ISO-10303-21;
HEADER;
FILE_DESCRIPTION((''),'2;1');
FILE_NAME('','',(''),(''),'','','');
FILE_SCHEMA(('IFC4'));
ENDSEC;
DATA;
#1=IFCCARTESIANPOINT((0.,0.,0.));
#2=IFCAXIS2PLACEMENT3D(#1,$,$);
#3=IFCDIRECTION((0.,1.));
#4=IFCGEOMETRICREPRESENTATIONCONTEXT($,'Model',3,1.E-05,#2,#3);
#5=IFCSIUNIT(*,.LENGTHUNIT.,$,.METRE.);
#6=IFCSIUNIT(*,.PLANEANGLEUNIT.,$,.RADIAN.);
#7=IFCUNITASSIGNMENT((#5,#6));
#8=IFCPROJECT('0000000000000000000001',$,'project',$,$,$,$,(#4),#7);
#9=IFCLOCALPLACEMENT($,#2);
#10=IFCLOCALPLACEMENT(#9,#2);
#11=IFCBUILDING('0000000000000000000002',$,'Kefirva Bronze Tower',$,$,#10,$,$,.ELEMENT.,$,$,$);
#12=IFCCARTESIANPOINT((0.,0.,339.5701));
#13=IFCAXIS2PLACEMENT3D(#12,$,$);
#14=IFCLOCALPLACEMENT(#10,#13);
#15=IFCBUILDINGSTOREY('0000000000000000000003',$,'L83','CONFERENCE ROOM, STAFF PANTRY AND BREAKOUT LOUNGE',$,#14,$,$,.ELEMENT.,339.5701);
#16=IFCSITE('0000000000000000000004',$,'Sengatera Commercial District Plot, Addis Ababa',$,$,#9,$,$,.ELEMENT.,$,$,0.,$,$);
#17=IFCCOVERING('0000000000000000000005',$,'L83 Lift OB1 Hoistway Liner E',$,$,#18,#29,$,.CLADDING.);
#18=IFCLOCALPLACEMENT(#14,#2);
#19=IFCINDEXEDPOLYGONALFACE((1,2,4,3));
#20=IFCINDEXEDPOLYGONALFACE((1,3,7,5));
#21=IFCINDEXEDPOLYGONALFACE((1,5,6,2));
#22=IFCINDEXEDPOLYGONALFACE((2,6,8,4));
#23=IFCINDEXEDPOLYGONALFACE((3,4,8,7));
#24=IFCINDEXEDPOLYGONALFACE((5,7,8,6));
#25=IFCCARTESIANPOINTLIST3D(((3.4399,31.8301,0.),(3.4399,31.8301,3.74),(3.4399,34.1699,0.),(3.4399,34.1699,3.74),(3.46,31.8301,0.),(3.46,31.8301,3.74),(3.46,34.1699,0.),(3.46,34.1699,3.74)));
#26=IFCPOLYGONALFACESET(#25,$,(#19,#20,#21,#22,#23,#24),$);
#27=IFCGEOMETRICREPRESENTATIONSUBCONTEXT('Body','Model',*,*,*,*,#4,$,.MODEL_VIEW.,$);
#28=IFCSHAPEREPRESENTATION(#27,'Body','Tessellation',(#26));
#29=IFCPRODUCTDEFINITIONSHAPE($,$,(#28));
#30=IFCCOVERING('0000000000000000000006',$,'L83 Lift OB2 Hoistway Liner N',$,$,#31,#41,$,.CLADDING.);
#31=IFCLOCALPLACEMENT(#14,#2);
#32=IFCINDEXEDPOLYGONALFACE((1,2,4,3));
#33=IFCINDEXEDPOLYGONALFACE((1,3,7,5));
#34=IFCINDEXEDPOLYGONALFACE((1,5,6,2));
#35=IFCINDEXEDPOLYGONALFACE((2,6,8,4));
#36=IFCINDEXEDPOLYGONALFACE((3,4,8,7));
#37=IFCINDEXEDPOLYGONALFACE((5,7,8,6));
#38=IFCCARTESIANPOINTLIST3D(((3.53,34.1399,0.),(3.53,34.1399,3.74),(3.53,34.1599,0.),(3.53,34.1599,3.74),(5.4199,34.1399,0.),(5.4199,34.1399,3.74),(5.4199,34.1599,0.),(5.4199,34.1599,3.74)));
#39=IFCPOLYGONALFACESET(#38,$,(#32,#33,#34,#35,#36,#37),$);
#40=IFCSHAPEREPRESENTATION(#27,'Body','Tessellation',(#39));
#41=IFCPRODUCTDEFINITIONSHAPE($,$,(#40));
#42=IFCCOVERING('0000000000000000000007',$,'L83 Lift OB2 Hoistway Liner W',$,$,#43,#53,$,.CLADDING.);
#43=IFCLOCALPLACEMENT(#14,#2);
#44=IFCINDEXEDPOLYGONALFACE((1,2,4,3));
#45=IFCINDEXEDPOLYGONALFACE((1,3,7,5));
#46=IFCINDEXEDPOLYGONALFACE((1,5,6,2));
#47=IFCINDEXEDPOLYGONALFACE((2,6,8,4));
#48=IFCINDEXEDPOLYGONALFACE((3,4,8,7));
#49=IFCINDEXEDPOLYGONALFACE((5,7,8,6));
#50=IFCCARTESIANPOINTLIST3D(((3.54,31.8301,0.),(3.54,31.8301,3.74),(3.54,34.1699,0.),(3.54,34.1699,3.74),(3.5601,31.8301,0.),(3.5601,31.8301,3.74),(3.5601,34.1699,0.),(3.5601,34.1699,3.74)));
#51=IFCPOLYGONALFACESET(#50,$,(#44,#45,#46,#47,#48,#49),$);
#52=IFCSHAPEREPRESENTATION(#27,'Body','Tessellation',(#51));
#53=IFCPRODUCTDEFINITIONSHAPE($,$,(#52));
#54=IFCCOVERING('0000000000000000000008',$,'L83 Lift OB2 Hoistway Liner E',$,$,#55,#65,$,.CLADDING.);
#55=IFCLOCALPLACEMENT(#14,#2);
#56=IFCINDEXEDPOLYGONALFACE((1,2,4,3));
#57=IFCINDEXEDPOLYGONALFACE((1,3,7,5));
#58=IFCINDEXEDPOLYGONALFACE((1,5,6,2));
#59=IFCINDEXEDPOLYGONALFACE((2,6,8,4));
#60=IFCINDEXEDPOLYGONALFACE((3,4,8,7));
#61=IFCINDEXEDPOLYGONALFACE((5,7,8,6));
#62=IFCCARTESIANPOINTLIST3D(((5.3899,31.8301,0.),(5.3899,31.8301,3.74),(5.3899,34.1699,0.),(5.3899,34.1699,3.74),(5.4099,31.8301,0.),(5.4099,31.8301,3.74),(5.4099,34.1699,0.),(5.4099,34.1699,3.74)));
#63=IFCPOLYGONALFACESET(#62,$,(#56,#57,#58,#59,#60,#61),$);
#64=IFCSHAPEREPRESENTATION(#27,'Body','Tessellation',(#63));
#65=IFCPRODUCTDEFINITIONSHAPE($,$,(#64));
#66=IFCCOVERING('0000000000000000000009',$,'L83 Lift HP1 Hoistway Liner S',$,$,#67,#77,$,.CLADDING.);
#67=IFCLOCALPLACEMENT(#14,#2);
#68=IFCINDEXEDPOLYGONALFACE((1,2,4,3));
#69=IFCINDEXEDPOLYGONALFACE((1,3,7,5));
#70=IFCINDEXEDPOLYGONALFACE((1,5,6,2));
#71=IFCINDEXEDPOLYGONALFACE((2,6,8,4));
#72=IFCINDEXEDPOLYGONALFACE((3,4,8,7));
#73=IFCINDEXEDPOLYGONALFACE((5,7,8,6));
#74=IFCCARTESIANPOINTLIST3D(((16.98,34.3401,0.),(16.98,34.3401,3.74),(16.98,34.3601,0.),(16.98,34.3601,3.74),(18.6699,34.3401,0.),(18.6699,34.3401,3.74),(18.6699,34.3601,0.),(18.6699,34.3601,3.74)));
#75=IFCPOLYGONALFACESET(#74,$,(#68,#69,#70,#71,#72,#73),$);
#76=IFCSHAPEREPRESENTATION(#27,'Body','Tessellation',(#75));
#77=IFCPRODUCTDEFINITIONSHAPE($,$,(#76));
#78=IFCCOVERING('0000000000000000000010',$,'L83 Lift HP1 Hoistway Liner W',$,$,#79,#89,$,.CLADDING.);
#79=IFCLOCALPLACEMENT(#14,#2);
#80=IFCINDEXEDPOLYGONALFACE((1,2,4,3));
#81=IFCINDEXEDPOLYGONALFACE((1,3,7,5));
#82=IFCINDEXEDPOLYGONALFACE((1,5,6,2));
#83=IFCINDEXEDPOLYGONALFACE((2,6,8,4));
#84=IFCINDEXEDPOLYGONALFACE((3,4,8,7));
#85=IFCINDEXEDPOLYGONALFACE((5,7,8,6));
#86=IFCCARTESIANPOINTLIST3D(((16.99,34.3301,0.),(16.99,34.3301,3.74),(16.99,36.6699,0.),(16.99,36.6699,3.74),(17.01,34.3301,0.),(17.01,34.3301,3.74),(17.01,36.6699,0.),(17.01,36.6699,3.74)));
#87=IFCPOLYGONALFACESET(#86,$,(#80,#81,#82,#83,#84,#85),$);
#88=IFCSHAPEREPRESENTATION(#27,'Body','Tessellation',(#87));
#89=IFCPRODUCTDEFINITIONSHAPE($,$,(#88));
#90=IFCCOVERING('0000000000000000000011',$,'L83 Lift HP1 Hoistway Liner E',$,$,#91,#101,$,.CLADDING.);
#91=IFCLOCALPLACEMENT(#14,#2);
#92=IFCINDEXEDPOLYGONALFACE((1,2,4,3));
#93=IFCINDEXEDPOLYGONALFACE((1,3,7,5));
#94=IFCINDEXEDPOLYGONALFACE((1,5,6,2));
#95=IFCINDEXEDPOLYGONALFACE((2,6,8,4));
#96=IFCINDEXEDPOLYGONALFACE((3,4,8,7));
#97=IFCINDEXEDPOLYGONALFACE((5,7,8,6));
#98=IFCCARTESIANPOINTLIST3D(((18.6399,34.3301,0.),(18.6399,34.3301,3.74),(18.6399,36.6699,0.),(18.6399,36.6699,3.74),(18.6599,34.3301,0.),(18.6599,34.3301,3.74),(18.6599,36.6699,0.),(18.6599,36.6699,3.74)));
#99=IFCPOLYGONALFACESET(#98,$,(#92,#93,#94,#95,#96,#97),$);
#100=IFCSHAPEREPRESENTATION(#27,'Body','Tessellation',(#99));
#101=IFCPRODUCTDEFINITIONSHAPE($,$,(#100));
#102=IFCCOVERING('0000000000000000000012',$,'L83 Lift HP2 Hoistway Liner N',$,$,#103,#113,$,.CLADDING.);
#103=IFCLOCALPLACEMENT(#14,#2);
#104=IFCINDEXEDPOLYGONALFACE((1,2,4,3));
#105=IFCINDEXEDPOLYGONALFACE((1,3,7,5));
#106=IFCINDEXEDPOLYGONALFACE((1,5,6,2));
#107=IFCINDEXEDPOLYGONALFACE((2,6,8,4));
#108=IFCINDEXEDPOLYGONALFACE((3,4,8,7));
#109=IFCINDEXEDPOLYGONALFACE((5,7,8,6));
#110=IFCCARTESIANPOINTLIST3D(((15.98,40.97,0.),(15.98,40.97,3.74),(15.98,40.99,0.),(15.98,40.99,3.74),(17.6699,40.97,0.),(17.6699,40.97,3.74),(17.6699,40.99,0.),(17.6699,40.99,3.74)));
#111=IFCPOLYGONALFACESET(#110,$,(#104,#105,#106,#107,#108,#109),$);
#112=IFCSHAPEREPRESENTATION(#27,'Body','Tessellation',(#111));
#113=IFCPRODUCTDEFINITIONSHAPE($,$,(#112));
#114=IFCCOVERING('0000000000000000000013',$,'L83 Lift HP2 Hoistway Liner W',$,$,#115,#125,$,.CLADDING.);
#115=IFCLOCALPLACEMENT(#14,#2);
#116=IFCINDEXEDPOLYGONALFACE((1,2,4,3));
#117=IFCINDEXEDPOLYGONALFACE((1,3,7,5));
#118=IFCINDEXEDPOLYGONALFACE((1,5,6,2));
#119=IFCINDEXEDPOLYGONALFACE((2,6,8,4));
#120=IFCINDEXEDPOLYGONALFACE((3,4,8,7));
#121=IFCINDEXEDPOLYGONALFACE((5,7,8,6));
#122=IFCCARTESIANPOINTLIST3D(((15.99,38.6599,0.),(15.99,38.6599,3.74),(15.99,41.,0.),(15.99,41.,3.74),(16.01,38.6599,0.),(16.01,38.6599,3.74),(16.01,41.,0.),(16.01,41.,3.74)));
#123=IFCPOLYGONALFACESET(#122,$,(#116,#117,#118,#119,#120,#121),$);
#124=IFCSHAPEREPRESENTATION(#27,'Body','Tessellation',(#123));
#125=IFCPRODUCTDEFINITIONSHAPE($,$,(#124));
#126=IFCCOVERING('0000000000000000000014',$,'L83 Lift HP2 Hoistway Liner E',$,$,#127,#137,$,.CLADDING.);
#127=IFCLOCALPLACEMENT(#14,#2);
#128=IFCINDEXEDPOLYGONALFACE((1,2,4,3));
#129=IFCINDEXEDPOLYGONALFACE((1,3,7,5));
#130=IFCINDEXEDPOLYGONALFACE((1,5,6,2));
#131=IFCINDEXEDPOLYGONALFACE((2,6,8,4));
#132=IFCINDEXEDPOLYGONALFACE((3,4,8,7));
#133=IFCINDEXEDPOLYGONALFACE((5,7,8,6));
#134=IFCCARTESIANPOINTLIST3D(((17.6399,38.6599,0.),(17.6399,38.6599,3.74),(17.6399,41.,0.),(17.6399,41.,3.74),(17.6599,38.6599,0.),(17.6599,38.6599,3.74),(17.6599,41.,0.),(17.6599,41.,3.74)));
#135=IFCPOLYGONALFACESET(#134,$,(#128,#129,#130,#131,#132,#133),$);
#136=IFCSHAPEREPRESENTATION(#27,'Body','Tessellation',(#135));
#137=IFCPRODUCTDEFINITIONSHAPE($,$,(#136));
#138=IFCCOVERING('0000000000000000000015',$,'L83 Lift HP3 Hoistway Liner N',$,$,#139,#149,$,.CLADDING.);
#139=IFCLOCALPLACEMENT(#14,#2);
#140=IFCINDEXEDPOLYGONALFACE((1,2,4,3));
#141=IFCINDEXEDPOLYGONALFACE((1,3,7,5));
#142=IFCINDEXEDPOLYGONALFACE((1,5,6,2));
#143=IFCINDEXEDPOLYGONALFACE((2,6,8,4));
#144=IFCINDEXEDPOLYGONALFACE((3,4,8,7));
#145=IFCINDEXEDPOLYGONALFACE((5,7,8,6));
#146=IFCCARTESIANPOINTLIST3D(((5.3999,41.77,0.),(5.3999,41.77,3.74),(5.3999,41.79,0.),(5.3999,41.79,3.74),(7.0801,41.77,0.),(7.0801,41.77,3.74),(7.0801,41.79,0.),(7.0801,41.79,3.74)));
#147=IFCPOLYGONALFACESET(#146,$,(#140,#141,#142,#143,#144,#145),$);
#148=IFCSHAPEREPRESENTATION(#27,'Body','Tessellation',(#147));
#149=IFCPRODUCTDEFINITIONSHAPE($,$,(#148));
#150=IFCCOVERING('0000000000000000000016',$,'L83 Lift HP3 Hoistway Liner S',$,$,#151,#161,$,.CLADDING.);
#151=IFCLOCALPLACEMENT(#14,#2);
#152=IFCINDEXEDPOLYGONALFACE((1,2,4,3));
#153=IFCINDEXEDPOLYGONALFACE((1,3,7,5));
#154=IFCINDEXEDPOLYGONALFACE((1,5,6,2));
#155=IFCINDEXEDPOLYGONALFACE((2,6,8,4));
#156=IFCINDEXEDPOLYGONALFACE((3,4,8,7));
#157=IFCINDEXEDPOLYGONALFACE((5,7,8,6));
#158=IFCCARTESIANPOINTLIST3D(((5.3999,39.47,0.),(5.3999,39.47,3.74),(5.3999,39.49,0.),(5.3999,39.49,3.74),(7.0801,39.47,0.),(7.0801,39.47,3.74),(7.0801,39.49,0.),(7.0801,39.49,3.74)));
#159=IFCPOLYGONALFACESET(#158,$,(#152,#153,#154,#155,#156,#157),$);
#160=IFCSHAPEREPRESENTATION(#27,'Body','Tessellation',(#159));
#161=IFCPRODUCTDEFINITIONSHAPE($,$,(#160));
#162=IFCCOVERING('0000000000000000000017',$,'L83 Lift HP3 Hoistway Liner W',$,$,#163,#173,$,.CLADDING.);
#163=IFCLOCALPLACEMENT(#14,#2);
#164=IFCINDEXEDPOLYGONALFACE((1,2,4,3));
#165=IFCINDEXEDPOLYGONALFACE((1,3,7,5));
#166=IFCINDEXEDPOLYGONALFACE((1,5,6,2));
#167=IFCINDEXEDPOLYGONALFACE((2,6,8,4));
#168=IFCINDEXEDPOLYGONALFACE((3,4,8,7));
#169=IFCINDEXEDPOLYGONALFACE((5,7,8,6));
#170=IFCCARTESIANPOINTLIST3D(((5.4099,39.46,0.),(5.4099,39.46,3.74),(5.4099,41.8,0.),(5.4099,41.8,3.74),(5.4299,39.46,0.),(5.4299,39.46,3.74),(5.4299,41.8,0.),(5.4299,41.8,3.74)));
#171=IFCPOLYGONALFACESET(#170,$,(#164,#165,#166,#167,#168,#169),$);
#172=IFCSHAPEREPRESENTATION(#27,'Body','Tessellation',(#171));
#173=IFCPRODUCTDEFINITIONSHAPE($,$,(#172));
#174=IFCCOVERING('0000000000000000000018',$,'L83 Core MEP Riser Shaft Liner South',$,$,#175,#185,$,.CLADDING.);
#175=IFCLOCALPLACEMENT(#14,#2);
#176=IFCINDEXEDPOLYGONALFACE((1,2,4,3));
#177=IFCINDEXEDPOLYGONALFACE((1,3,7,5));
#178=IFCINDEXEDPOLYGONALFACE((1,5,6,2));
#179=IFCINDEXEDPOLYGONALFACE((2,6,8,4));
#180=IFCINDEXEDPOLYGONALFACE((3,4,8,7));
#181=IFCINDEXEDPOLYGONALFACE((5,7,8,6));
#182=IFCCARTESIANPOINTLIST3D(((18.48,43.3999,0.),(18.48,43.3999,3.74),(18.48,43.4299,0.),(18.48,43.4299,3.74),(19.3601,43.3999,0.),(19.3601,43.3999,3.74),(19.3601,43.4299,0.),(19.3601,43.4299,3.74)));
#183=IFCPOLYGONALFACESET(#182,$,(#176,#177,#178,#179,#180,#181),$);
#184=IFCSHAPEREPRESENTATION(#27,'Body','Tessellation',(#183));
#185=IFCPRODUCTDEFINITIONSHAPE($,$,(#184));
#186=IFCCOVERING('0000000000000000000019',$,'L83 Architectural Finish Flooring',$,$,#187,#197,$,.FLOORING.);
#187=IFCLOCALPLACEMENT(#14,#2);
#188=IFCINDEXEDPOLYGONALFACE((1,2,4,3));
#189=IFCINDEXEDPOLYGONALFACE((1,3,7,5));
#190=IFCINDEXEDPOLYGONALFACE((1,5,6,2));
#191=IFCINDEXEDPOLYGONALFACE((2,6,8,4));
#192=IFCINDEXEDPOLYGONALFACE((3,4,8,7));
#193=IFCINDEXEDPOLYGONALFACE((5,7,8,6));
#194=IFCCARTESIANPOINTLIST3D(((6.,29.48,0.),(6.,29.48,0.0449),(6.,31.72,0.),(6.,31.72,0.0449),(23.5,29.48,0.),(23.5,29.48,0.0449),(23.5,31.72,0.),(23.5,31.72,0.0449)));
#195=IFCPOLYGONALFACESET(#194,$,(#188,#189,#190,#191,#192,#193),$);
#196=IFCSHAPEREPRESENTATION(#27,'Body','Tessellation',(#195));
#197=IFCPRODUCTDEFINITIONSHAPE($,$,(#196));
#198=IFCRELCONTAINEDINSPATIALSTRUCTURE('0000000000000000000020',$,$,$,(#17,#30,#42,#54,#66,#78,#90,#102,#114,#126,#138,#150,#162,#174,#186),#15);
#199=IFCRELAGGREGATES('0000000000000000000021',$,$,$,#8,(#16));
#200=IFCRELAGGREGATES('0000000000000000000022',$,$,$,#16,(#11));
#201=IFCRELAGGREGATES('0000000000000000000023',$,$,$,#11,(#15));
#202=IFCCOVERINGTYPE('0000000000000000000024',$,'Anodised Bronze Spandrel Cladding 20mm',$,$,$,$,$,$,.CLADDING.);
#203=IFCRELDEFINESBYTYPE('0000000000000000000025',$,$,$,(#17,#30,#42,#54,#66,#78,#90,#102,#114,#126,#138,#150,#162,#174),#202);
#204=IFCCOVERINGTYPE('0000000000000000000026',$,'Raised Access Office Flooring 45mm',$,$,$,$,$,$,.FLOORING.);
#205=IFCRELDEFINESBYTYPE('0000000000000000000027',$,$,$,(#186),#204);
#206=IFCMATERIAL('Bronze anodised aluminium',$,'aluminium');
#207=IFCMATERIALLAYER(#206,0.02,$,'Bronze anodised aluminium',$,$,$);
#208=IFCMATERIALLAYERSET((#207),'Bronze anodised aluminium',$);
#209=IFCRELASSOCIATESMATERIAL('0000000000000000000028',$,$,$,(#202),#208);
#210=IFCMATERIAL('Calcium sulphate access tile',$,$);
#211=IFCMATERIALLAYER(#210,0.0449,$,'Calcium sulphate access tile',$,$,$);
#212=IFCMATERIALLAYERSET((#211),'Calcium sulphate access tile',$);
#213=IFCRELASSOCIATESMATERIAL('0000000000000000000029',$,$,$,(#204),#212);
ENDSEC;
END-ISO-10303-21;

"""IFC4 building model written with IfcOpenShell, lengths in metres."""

from ifc_helpers import new_model, si_unit, direction, frame, origin, place, context, subcontext, project, spatial, polyline, outline, extrude, material, layer, layer_set, type_object, element, save


model = new_model("IFC4")

# Units and contexts
model_context = context("Model", 3, precision=1e-05, world=origin(), true_north=direction((0.0, 1.0)))
body_context = subcontext(model_context, "Body", "Model", "MODEL_VIEW")
ifc_project = project(units=[si_unit("LENGTHUNIT", "METRE"), si_unit("PLANEANGLEUNIT", "RADIAN")], contexts=[model_context])

# Site, building, storey
site_placement = place(None, origin())
site = spatial("IfcSite", under=ifc_project, at=site_placement, Name="Sengatera Commercial District Plot, Addis Ababa", CompositionType="ELEMENT", RefElevation=0.0)
building_placement = place(site_placement, origin())
building = spatial("IfcBuilding", under=site, at=building_placement, Name="Kefirva Bronze Tower", CompositionType="ELEMENT")
storey_placement = place(building_placement, frame((0.0, 0.0, 339.5701)))
storey = spatial("IfcBuildingStorey", under=building, at=storey_placement, Name="L83", Description="CONFERENCE ROOM, STAFF PANTRY AND BREAKOUT LOUNGE", CompositionType="ELEMENT", Elevation=339.5701)

# Coverings
ifc_material_1 = material(Name="Bronze anodised aluminium", Category="aluminium")
ifc_layer_1 = layer(ifc_material_1, 0.02, Name="Bronze anodised aluminium")
ifc_layer_set_1 = layer_set([ifc_layer_1], Name="Bronze anodised aluminium")
covering_type_1 = type_object("IfcCoveringType", Name="Anodised Bronze Spandrel Cladding 20mm", PredefinedType="CLADDING", material=ifc_layer_set_1)
covering_1_placement = place(storey_placement, origin())
element("IfcCovering", 1, at=covering_1_placement, inside=storey, type_object=covering_type_1, Name="L83 Lift OB1 Hoistway Liner E", PredefinedType="CLADDING", context=body_context, shape_type="SweptSolid", body=[
    extrude(outline(polyline([(3.4399, 31.8301), (3.46, 31.8301), (3.46, 34.1699), (3.4399, 34.1699), (3.4399, 31.8301)])), origin(), (0.0, 0.0, 1.0), 3.74),
])
covering_2_placement = place(storey_placement, origin())
element("IfcCovering", 2, at=covering_2_placement, inside=storey, type_object=covering_type_1, Name="L83 Lift OB2 Hoistway Liner N", PredefinedType="CLADDING", context=body_context, shape_type="SweptSolid", body=[
    extrude(outline(polyline([(3.53, 34.1399), (5.4199, 34.1399), (5.4199, 34.1599), (3.53, 34.1599), (3.53, 34.1399)])), origin(), (0.0, 0.0, 1.0), 3.74),
])
covering_3_placement = place(storey_placement, origin())
element("IfcCovering", 3, at=covering_3_placement, inside=storey, type_object=covering_type_1, Name="L83 Lift OB2 Hoistway Liner W", PredefinedType="CLADDING", context=body_context, shape_type="SweptSolid", body=[
    extrude(outline(polyline([(3.54, 31.8301), (3.5601, 31.8301), (3.5601, 34.1699), (3.54, 34.1699), (3.54, 31.8301)])), origin(), (0.0, 0.0, 1.0), 3.74),
])
covering_4_placement = place(storey_placement, origin())
element("IfcCovering", 4, at=covering_4_placement, inside=storey, type_object=covering_type_1, Name="L83 Lift OB2 Hoistway Liner E", PredefinedType="CLADDING", context=body_context, shape_type="SweptSolid", body=[
    extrude(outline(polyline([(5.3899, 31.8301), (5.4099, 31.8301), (5.4099, 34.1699), (5.3899, 34.1699), (5.3899, 31.8301)])), origin(), (0.0, 0.0, 1.0), 3.74),
])
covering_5_placement = place(storey_placement, origin())
element("IfcCovering", 5, at=covering_5_placement, inside=storey, type_object=covering_type_1, Name="L83 Lift HP1 Hoistway Liner S", PredefinedType="CLADDING", context=body_context, shape_type="SweptSolid", body=[
    extrude(outline(polyline([(16.98, 34.3401), (18.6699, 34.3401), (18.6699, 34.3601), (16.98, 34.3601), (16.98, 34.3401)])), origin(), (0.0, 0.0, 1.0), 3.74),
])
covering_6_placement = place(storey_placement, origin())
element("IfcCovering", 6, at=covering_6_placement, inside=storey, type_object=covering_type_1, Name="L83 Lift HP1 Hoistway Liner W", PredefinedType="CLADDING", context=body_context, shape_type="SweptSolid", body=[
    extrude(outline(polyline([(16.99, 34.3301), (17.01, 34.3301), (17.01, 36.6699), (16.99, 36.6699), (16.99, 34.3301)])), origin(), (0.0, 0.0, 1.0), 3.74),
])
covering_7_placement = place(storey_placement, origin())
element("IfcCovering", 7, at=covering_7_placement, inside=storey, type_object=covering_type_1, Name="L83 Lift HP1 Hoistway Liner E", PredefinedType="CLADDING", context=body_context, shape_type="SweptSolid", body=[
    extrude(outline(polyline([(18.6399, 34.3301), (18.6599, 34.3301), (18.6599, 36.6699), (18.6399, 36.6699), (18.6399, 34.3301)])), origin(), (0.0, 0.0, 1.0), 3.74),
])
covering_8_placement = place(storey_placement, origin())
element("IfcCovering", 8, at=covering_8_placement, inside=storey, type_object=covering_type_1, Name="L83 Lift HP2 Hoistway Liner N", PredefinedType="CLADDING", context=body_context, shape_type="SweptSolid", body=[
    extrude(outline(polyline([(15.98, 40.97), (17.6699, 40.97), (17.6699, 40.99), (15.98, 40.99), (15.98, 40.97)])), origin(), (0.0, 0.0, 1.0), 3.74),
])
covering_9_placement = place(storey_placement, origin())
element("IfcCovering", 9, at=covering_9_placement, inside=storey, type_object=covering_type_1, Name="L83 Lift HP2 Hoistway Liner W", PredefinedType="CLADDING", context=body_context, shape_type="SweptSolid", body=[
    extrude(outline(polyline([(15.99, 38.6599), (16.01, 38.6599), (16.01, 41.0), (15.99, 41.0), (15.99, 38.6599)])), origin(), (0.0, 0.0, 1.0), 3.74),
])
covering_10_placement = place(storey_placement, origin())
element("IfcCovering", 10, at=covering_10_placement, inside=storey, type_object=covering_type_1, Name="L83 Lift HP2 Hoistway Liner E", PredefinedType="CLADDING", context=body_context, shape_type="SweptSolid", body=[
    extrude(outline(polyline([(17.6399, 38.6599), (17.6599, 38.6599), (17.6599, 41.0), (17.6399, 41.0), (17.6399, 38.6599)])), origin(), (0.0, 0.0, 1.0), 3.74),
])
covering_11_placement = place(storey_placement, origin())
element("IfcCovering", 11, at=covering_11_placement, inside=storey, type_object=covering_type_1, Name="L83 Lift HP3 Hoistway Liner N", PredefinedType="CLADDING", context=body_context, shape_type="SweptSolid", body=[
    extrude(outline(polyline([(5.3999, 41.77), (7.0801, 41.77), (7.0801, 41.79), (5.3999, 41.79), (5.3999, 41.77)])), origin(), (0.0, 0.0, 1.0), 3.74),
])
covering_12_placement = place(storey_placement, origin())
element("IfcCovering", 12, at=covering_12_placement, inside=storey, type_object=covering_type_1, Name="L83 Lift HP3 Hoistway Liner S", PredefinedType="CLADDING", context=body_context, shape_type="SweptSolid", body=[
    extrude(outline(polyline([(5.3999, 39.47), (7.0801, 39.47), (7.0801, 39.49), (5.3999, 39.49), (5.3999, 39.47)])), origin(), (0.0, 0.0, 1.0), 3.74),
])
covering_13_placement = place(storey_placement, origin())
element("IfcCovering", 13, at=covering_13_placement, inside=storey, type_object=covering_type_1, Name="L83 Lift HP3 Hoistway Liner W", PredefinedType="CLADDING", context=body_context, shape_type="SweptSolid", body=[
    extrude(outline(polyline([(5.4099, 39.46), (5.4299, 39.46), (5.4299, 41.8), (5.4099, 41.8), (5.4099, 39.46)])), origin(), (0.0, 0.0, 1.0), 3.74),
])
covering_14_placement = place(storey_placement, origin())
element("IfcCovering", 14, at=covering_14_placement, inside=storey, type_object=covering_type_1, Name="L83 Core MEP Riser Shaft Liner South", PredefinedType="CLADDING", context=body_context, shape_type="SweptSolid", body=[
    extrude(outline(polyline([(18.48, 43.3999), (19.3601, 43.3999), (19.3601, 43.4299), (18.48, 43.4299), (18.48, 43.3999)])), origin(), (0.0, 0.0, 1.0), 3.74),
])
ifc_material_2 = material(Name="Calcium sulphate access tile")
ifc_layer_2 = layer(ifc_material_2, 0.0449, Name="Calcium sulphate access tile")
ifc_layer_set_2 = layer_set([ifc_layer_2], Name="Calcium sulphate access tile")
covering_type_2 = type_object("IfcCoveringType", Name="Raised Access Office Flooring 45mm", PredefinedType="FLOORING", material=ifc_layer_set_2)
covering_15_placement = place(storey_placement, origin())
element("IfcCovering", 15, at=covering_15_placement, inside=storey, type_object=covering_type_2, Name="L83 Architectural Finish Flooring", PredefinedType="FLOORING", context=body_context, shape_type="SweptSolid", body=[
    extrude(outline(polyline([(6.0, 29.48), (23.5, 29.48), (23.5, 31.72), (6.0, 31.72), (6.0, 29.48)])), origin(), (0.0, 0.0, 1.0), 0.0449),
])

save(model, "model.ifc")
